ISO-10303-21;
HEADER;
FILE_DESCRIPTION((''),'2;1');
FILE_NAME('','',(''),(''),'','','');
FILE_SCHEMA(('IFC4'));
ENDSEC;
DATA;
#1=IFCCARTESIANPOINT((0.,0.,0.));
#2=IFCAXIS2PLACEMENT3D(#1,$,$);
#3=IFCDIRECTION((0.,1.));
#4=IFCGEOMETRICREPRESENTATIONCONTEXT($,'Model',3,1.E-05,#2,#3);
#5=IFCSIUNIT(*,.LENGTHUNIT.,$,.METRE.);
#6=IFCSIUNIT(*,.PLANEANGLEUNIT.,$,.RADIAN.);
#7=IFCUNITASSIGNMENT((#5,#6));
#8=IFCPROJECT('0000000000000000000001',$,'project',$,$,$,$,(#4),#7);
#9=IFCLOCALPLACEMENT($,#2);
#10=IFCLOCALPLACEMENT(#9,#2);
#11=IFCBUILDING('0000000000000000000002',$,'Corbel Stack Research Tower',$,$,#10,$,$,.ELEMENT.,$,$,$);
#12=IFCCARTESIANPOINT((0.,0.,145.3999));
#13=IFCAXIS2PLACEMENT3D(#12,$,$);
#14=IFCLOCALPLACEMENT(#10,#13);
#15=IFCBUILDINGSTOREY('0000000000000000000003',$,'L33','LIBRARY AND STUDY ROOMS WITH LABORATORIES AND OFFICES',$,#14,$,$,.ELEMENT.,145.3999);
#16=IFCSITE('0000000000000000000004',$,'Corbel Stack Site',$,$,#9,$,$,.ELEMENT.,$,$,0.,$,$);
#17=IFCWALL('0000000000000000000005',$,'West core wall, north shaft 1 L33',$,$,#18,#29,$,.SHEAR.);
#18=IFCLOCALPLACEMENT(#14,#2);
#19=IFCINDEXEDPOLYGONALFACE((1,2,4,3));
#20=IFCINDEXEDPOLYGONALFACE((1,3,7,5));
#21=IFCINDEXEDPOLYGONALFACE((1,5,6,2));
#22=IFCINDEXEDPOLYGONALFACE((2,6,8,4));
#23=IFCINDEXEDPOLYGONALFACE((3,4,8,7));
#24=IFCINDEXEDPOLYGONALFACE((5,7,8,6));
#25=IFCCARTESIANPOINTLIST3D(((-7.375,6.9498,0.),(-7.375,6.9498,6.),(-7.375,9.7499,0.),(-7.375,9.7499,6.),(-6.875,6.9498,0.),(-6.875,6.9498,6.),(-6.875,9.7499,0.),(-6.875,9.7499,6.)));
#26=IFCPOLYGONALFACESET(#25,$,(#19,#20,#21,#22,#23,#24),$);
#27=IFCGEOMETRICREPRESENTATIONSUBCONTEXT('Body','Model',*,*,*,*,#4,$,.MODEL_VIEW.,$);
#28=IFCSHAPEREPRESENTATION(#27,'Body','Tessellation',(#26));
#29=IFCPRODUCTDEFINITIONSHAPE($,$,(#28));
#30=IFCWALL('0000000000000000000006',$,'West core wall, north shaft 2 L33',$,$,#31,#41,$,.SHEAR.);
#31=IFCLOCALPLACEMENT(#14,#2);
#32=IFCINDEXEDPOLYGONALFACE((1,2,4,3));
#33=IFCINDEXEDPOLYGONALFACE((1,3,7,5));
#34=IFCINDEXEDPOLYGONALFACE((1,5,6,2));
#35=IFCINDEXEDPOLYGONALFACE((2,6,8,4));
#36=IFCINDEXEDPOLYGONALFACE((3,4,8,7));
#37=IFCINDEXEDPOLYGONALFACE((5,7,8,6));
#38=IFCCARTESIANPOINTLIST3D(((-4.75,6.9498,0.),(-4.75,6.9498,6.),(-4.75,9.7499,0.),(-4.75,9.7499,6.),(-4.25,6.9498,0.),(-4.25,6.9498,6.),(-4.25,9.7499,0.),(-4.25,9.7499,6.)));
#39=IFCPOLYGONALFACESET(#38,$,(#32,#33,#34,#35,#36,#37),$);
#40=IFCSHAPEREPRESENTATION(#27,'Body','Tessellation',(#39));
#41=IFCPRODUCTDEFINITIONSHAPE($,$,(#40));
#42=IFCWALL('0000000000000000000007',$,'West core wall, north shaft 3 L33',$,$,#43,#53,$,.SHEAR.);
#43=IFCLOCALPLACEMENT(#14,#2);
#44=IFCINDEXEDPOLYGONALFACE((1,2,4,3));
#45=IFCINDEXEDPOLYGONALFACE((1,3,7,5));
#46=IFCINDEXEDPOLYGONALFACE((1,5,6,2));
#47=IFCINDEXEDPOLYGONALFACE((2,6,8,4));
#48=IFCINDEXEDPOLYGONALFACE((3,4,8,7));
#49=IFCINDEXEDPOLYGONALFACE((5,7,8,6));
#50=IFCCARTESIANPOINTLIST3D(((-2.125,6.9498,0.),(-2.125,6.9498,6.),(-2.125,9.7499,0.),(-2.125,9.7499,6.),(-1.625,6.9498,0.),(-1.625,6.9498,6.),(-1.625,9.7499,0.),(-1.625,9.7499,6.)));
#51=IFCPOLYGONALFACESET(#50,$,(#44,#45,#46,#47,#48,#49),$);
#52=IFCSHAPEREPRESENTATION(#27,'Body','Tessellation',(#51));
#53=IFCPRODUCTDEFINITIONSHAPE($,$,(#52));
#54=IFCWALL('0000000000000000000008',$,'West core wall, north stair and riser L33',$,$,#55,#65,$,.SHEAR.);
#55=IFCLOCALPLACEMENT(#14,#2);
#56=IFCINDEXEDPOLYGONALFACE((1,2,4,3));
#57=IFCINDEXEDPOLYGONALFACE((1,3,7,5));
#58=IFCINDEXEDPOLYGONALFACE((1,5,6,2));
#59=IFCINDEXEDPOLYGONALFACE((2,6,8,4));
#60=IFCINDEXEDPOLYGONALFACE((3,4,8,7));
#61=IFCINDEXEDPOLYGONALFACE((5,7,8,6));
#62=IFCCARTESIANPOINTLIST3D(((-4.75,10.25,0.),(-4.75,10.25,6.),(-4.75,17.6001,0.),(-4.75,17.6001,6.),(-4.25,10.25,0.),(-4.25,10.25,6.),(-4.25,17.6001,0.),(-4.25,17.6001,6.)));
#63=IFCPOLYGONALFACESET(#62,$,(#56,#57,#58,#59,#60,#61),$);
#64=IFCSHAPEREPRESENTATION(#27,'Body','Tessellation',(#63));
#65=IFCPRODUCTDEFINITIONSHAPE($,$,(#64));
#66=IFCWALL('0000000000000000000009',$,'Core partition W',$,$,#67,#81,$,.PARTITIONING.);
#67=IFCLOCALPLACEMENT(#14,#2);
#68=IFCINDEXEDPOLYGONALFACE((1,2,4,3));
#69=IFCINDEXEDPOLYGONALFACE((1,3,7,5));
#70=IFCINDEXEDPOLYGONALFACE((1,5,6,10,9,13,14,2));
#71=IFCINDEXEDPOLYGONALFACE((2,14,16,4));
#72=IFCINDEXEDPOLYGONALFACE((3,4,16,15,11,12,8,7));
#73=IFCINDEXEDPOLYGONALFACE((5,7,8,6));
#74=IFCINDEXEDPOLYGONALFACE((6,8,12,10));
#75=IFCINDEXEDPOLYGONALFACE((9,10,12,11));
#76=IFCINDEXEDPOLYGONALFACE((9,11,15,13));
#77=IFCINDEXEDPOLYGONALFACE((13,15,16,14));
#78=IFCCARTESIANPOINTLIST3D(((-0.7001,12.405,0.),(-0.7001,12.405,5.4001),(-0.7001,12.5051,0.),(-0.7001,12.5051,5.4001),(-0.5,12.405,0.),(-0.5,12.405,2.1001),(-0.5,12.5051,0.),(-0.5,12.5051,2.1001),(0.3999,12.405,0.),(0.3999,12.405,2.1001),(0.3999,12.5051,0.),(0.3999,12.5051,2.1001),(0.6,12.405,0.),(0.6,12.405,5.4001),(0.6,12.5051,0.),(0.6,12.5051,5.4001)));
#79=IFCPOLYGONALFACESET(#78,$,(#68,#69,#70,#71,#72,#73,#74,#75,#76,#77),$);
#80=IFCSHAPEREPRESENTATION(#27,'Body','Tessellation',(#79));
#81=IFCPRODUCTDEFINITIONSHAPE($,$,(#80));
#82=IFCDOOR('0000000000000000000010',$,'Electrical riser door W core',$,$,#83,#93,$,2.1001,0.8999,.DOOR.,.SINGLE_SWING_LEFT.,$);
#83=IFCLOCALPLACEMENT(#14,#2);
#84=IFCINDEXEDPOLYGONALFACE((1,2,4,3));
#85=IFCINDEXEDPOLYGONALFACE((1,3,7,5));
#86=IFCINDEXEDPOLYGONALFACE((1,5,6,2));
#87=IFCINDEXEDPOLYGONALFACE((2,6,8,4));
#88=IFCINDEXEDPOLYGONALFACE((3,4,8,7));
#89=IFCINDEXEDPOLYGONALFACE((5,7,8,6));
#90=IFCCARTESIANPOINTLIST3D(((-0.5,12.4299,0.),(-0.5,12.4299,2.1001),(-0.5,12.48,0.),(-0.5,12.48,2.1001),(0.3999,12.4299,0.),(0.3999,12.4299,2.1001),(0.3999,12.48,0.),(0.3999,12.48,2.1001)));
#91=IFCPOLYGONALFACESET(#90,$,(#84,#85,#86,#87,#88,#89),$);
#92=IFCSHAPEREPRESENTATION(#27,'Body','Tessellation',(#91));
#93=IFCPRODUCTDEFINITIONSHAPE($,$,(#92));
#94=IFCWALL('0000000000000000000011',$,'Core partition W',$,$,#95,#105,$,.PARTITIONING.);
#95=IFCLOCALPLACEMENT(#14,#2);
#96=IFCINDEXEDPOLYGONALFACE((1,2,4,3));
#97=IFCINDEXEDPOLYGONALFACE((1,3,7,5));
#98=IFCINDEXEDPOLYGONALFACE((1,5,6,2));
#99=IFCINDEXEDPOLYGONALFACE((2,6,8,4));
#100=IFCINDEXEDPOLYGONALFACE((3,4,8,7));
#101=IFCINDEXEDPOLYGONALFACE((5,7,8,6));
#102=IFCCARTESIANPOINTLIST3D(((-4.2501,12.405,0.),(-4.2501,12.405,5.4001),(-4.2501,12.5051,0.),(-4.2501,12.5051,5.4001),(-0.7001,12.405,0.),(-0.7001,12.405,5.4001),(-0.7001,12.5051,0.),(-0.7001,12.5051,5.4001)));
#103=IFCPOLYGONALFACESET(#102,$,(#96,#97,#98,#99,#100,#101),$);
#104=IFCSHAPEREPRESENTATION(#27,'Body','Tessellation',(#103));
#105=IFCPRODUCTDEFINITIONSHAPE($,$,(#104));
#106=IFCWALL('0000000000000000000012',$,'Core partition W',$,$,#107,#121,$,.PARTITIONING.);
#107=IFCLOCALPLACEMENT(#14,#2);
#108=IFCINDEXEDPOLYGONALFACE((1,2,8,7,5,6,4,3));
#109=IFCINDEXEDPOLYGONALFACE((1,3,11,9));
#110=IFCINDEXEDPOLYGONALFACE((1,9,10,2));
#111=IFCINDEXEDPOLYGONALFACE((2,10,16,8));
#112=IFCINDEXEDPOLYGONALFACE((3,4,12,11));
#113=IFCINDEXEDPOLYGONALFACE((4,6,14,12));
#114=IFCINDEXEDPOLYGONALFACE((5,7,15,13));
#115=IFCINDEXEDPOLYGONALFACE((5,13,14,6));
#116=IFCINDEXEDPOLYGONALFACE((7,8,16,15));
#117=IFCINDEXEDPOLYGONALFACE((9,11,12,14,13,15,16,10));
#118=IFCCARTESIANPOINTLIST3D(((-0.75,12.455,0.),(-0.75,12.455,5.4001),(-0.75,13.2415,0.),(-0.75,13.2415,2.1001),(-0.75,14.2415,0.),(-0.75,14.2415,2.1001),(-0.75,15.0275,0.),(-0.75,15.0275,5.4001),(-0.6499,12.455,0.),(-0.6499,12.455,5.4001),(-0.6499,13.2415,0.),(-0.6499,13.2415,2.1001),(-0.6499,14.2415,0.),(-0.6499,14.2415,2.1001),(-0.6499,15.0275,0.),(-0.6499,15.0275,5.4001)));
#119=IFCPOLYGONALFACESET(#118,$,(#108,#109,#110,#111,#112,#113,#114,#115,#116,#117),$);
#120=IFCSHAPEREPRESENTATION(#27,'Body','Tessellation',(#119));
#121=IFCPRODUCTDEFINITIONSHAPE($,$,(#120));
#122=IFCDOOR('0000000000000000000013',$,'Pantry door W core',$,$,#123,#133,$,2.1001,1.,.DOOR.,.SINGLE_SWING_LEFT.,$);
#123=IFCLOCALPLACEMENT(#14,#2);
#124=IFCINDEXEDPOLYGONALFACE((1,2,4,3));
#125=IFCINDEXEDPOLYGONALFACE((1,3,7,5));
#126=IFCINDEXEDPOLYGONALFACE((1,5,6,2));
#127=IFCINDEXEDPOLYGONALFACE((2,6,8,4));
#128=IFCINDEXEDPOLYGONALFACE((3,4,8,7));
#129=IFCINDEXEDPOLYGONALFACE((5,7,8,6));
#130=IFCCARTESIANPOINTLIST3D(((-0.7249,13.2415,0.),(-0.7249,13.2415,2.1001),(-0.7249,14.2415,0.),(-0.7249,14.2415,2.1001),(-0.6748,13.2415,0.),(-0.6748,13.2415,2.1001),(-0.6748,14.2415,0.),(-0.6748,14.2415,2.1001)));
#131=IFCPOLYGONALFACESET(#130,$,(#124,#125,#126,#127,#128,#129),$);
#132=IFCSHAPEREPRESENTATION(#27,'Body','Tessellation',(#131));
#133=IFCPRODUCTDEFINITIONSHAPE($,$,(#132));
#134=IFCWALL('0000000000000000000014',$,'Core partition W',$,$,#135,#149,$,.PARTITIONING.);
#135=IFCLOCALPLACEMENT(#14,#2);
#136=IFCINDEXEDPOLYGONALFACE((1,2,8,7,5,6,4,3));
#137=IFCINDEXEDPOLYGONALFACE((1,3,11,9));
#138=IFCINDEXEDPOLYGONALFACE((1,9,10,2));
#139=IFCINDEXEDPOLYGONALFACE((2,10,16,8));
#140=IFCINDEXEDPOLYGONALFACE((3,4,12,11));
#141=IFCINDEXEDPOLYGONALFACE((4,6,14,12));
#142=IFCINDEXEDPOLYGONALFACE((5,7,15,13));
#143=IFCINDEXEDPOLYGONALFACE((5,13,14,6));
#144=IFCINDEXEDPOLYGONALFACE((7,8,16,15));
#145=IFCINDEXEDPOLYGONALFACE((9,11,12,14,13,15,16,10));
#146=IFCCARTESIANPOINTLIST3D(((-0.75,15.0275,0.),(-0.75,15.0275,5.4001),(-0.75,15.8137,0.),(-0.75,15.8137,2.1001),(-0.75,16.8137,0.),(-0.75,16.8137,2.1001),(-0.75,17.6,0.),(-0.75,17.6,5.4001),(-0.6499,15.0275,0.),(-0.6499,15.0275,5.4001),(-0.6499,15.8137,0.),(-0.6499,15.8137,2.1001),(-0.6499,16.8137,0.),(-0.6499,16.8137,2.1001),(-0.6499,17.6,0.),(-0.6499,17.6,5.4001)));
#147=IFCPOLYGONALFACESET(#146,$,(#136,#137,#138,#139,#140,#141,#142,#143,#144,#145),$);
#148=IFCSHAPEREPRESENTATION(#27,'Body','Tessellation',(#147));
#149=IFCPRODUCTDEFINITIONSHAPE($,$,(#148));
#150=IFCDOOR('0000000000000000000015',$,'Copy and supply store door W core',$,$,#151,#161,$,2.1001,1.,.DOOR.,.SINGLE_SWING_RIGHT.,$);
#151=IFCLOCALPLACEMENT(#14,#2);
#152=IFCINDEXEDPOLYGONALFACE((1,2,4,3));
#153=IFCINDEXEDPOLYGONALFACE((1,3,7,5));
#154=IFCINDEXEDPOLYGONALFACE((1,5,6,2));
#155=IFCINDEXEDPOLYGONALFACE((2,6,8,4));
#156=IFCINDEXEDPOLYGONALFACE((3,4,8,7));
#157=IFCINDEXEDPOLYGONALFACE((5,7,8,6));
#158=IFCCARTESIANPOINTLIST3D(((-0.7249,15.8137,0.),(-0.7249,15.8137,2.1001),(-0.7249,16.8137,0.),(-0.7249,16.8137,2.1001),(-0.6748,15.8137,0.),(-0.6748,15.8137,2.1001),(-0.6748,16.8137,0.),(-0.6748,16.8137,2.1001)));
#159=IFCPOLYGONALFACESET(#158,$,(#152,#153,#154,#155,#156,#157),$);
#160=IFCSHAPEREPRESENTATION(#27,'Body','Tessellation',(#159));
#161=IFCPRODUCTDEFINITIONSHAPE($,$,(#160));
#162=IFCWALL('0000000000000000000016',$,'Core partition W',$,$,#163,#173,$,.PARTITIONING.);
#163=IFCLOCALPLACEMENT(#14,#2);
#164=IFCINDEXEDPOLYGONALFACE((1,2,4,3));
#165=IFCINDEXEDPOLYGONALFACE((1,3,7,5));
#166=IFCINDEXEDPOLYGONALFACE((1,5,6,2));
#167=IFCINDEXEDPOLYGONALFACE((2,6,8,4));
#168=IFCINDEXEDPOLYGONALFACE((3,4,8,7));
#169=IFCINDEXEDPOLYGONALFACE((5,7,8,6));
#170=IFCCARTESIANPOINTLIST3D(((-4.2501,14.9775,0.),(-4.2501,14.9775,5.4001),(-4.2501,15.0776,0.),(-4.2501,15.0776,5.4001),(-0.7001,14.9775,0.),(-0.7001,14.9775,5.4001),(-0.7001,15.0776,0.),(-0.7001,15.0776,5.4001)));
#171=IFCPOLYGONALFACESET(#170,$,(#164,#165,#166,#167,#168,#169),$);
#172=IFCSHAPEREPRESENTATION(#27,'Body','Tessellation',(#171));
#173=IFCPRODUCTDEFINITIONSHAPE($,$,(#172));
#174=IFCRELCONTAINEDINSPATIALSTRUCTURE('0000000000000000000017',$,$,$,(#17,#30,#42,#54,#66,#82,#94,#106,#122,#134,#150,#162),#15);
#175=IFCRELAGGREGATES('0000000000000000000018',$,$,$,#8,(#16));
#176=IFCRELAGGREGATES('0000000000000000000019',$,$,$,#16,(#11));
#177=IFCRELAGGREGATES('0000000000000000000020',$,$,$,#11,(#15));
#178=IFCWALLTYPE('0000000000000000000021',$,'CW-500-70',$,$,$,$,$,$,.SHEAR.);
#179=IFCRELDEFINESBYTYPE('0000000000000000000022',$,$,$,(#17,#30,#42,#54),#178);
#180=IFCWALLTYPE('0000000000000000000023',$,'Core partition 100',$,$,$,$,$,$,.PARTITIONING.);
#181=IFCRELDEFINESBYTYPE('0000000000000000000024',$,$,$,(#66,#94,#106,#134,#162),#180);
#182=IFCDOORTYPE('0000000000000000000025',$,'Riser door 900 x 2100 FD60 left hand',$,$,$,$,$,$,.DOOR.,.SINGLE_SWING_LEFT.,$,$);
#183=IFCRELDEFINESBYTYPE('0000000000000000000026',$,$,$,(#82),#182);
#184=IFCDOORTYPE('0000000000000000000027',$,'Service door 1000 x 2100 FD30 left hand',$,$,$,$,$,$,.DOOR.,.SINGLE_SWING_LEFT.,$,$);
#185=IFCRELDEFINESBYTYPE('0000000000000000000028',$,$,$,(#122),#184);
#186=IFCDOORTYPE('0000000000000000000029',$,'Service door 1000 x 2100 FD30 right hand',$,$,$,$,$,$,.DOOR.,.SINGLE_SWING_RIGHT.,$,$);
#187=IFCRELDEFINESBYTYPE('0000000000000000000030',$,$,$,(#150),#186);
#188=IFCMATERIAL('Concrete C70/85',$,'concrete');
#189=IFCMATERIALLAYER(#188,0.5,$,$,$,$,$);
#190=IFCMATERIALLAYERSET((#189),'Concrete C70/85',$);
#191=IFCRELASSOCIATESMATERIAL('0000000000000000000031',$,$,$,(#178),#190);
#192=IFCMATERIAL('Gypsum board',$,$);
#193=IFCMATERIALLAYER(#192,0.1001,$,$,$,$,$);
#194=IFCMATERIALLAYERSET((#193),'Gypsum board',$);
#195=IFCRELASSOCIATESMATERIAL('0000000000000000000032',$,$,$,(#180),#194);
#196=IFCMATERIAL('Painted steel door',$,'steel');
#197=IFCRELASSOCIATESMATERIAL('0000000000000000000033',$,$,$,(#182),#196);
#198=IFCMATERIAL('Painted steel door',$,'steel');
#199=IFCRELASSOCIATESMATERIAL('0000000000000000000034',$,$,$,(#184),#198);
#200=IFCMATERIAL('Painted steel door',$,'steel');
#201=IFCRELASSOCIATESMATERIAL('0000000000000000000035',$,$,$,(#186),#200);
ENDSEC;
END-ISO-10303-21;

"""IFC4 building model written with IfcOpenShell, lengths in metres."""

from ifc_helpers import new_model, si_unit, direction, frame, frame_2d, origin, place, context, subcontext, project, spatial, rectangle, extrude, material, layer, layer_set, type_object, element, fill, save


model = new_model("IFC4")

# Units and contexts
model_context = context("Model", 3, precision=1e-05, world=origin(), true_north=direction((0.0, 1.0)))
body_context = subcontext(model_context, "Body", "Model", "MODEL_VIEW")
ifc_project = project(units=[si_unit("LENGTHUNIT", "METRE"), si_unit("PLANEANGLEUNIT", "RADIAN")], contexts=[model_context])

# Site, building, storey
site_placement = place(None, origin())
site = spatial("IfcSite", under=ifc_project, at=site_placement, Name="Corbel Stack Site", CompositionType="ELEMENT", RefElevation=0.0)
building_placement = place(site_placement, origin())
building = spatial("IfcBuilding", under=site, at=building_placement, Name="Corbel Stack Research Tower", CompositionType="ELEMENT")
storey_placement = place(building_placement, frame((0.0, 0.0, 145.3999)))
storey = spatial("IfcBuildingStorey", under=building, at=storey_placement, Name="L33", Description="LIBRARY AND STUDY ROOMS WITH LABORATORIES AND OFFICES", CompositionType="ELEMENT", Elevation=145.3999)

# Walls
ifc_material_1 = material(Name="Concrete C70/85", Category="concrete")
ifc_layer_1 = layer(ifc_material_1, 0.5)
ifc_layer_set_1 = layer_set([ifc_layer_1], Name="Concrete C70/85")
wall_type_1 = type_object("IfcWallType", Name="CW-500-70", PredefinedType="SHEAR", material=ifc_layer_set_1)
for number, where, z_axis, x_axis, name in (
    (1, (-7.125, 6.95, 0.0), (0.0, 0.0, 1.0), (0.0, 1.0, 0.0), "West core wall, north shaft 1 L33"),
    (2, (-4.5, 6.95, 0.0), (0.0, 0.0, 1.0), (0.0, 1.0, 0.0), "West core wall, north shaft 2 L33"),
    (3, (-1.875, 6.95, 0.0), (0.0, 0.0, 1.0), (0.0, 1.0, 0.0), "West core wall, north shaft 3 L33"),
):
    element("IfcWall", number, at=place(storey_placement, frame(where, z_axis=z_axis, x_axis=x_axis)), inside=storey, type_object=wall_type_1, Name=name, PredefinedType="SHEAR", context=body_context, shape_type="SweptSolid", body=[
        extrude(rectangle(XDim=2.8, YDim=0.5, at=frame_2d((1.3999, 0.0))), origin(), (0.0, 0.0, 1.0), 6.0),
    ])
wall_1_placement = place(storey_placement, frame((-4.5, 10.25, 0.0), z_axis=(0.0, 0.0, 1.0), x_axis=(0.0, 1.0, 0.0)))
element("IfcWall", 4, at=wall_1_placement, inside=storey, type_object=wall_type_1, Name="West core wall, north stair and riser L33", PredefinedType="SHEAR", context=body_context, shape_type="SweptSolid", body=[
    extrude(rectangle(XDim=7.3501, YDim=0.5, at=frame_2d((3.675, 0.0))), origin(), (0.0, 0.0, 1.0), 6.0),
])

# Wall, opening, door
ifc_material_2 = material(Name="Gypsum board")
ifc_layer_2 = layer(ifc_material_2, 0.1001)
ifc_layer_set_2 = layer_set([ifc_layer_2], Name="Gypsum board")
wall_type_2 = type_object("IfcWallType", Name="Core partition 100", PredefinedType="PARTITIONING", material=ifc_layer_set_2)
wall_2_placement = place(storey_placement, frame((-0.7, 12.4551, 0.0), z_axis=(0.0, 0.0, 1.0), x_axis=(1.0, 0.0, 0.0)))
wall_2 = element("IfcWall", 5, at=wall_2_placement, inside=storey, type_object=wall_type_2, Name="Core partition W", PredefinedType="PARTITIONING", context=body_context, shape_type="SweptSolid", body=[
    extrude(rectangle(XDim=1.3, YDim=0.1001, at=frame_2d((0.6499, 0.0))), origin(), (0.0, 0.0, 1.0), 5.4001),
])
opening_1_placement = place(wall_2_placement, frame((0.2, 0.0, 0.0)))
opening_1 = element("IfcOpeningElement", 6, at=opening_1_placement, cuts=wall_2, PredefinedType="OPENING", context=body_context, shape_type="SweptSolid", body=[
    extrude(rectangle(XDim=0.8999, YDim=2.1001, at=frame_2d((0.45, 1.05))), frame((0.0, 0.0601, 0.0), z_axis=(0.0, -1.0, 0.0), x_axis=(1.0, 0.0, 0.0)), (0.0, 0.0, 1.0), 0.1201),
])
ifc_material_3 = material(Name="Painted steel door", Category="steel")
door_type_1 = type_object("IfcDoorType", Name="Riser door 900 x 2100 FD60 left hand", OperationType="SINGLE_SWING_LEFT", PredefinedType="DOOR", material=ifc_material_3)
door_1_placement = place(opening_1_placement, origin())
door_1 = element("IfcDoor", 7, at=door_1_placement, inside=storey, type_object=door_type_1, Name="Electrical riser door W core", OperationType="SINGLE_SWING_LEFT", OverallHeight=2.1001, OverallWidth=0.8999, PredefinedType="DOOR", context=body_context, shape_type="SweptSolid", body=[
    extrude(rectangle(XDim=0.8999, YDim=2.1001, at=frame_2d((0.45, 1.05))), frame((0.0, 0.0249, 0.0), z_axis=(0.0, -1.0, 0.0), x_axis=(1.0, 0.0, 0.0)), (0.0, 0.0, 1.0), 0.05),
])
fill(opening_1, door_1)

# Wall
wall_3_placement = place(storey_placement, frame((-4.25, 12.4551, 0.0), z_axis=(0.0, 0.0, 1.0), x_axis=(1.0, 0.0, 0.0)))
element("IfcWall", 8, at=wall_3_placement, inside=storey, type_object=wall_type_2, Name="Core partition W", PredefinedType="PARTITIONING", context=body_context, shape_type="SweptSolid", body=[
    extrude(rectangle(XDim=3.55, YDim=0.1001, at=frame_2d((1.7749, 0.0))), origin(), (0.0, 0.0, 1.0), 5.4001),
])

# Walls, openings, doors
wall_4_placement = place(storey_placement, frame((-0.7, 12.4551, 0.0), z_axis=(0.0, 0.0, 1.0), x_axis=(0.0, 1.0, 0.0)))
wall_4 = element("IfcWall", 9, at=wall_4_placement, inside=storey, type_object=wall_type_2, Name="Core partition W", PredefinedType="PARTITIONING", context=body_context, shape_type="SweptSolid", body=[
    extrude(rectangle(XDim=2.5725, YDim=0.1001, at=frame_2d((1.2861, 0.0))), origin(), (0.0, 0.0, 1.0), 5.4001),
])
opening_2_placement = place(wall_4_placement, frame((0.7864, 0.0, 0.0)))
opening_2 = element("IfcOpeningElement", 10, at=opening_2_placement, cuts=wall_4, PredefinedType="OPENING", context=body_context, shape_type="SweptSolid", body=[
    extrude(rectangle(XDim=1.0, YDim=2.1001, at=frame_2d((0.5, 1.05))), frame((0.0, 0.0601, 0.0), z_axis=(0.0, -1.0, 0.0), x_axis=(1.0, 0.0, 0.0)), (0.0, 0.0, 1.0), 0.1201),
])
ifc_material_4 = material(Name="Painted steel door", Category="steel")
door_type_2 = type_object("IfcDoorType", Name="Service door 1000 x 2100 FD30 left hand", OperationType="SINGLE_SWING_LEFT", PredefinedType="DOOR", material=ifc_material_4)
door_2_placement = place(opening_2_placement, origin())
door_2 = element("IfcDoor", 11, at=door_2_placement, inside=storey, type_object=door_type_2, Name="Pantry door W core", OperationType="SINGLE_SWING_LEFT", OverallHeight=2.1001, OverallWidth=1.0, PredefinedType="DOOR", context=body_context, shape_type="SweptSolid", body=[
    extrude(rectangle(XDim=1.0, YDim=2.1001, at=frame_2d((0.5, 1.05))), frame((0.0, 0.0249, 0.0), z_axis=(0.0, -1.0, 0.0), x_axis=(1.0, 0.0, 0.0)), (0.0, 0.0, 1.0), 0.05),
])
fill(opening_2, door_2)
wall_5_placement = place(storey_placement, frame((-0.7, 15.0276, 0.0), z_axis=(0.0, 0.0, 1.0), x_axis=(0.0, 1.0, 0.0)))
wall_5 = element("IfcWall", 12, at=wall_5_placement, inside=storey, type_object=wall_type_2, Name="Core partition W", PredefinedType="PARTITIONING", context=body_context, shape_type="SweptSolid", body=[
    extrude(rectangle(XDim=2.5725, YDim=0.1001, at=frame_2d((1.2861, 0.0))), origin(), (0.0, 0.0, 1.0), 5.4001),
])
opening_3_placement = place(wall_5_placement, frame((0.7861, 0.0, 0.0)))
opening_3 = element("IfcOpeningElement", 13, at=opening_3_placement, cuts=wall_5, PredefinedType="OPENING", context=body_context, shape_type="SweptSolid", body=[
    extrude(rectangle(XDim=1.0, YDim=2.1001, at=frame_2d((0.5, 1.05))), frame((0.0, 0.0601, 0.0), z_axis=(0.0, -1.0, 0.0), x_axis=(1.0, 0.0, 0.0)), (0.0, 0.0, 1.0), 0.1201),
])
ifc_material_5 = material(Name="Painted steel door", Category="steel")
door_type_3 = type_object("IfcDoorType", Name="Service door 1000 x 2100 FD30 right hand", OperationType="SINGLE_SWING_RIGHT", PredefinedType="DOOR", material=ifc_material_5)
door_3_placement = place(opening_3_placement, origin())
door_3 = element("IfcDoor", 14, at=door_3_placement, inside=storey, type_object=door_type_3, Name="Copy and supply store door W core", OperationType="SINGLE_SWING_RIGHT", OverallHeight=2.1001, OverallWidth=1.0, PredefinedType="DOOR", context=body_context, shape_type="SweptSolid", body=[
    extrude(rectangle(XDim=1.0, YDim=2.1001, at=frame_2d((0.5, 1.05))), frame((0.0, 0.0249, 0.0), z_axis=(0.0, -1.0, 0.0), x_axis=(1.0, 0.0, 0.0)), (0.0, 0.0, 1.0), 0.05),
])
fill(opening_3, door_3)

# Wall
wall_6_placement = place(storey_placement, frame((-4.25, 15.0276, 0.0), z_axis=(0.0, 0.0, 1.0), x_axis=(1.0, 0.0, 0.0)))
element("IfcWall", 15, at=wall_6_placement, inside=storey, type_object=wall_type_2, Name="Core partition W", PredefinedType="PARTITIONING", context=body_context, shape_type="SweptSolid", body=[
    extrude(rectangle(XDim=3.55, YDim=0.1001, at=frame_2d((1.7749, 0.0))), origin(), (0.0, 0.0, 1.0), 5.4001),
])

save(model, "model.ifc")
